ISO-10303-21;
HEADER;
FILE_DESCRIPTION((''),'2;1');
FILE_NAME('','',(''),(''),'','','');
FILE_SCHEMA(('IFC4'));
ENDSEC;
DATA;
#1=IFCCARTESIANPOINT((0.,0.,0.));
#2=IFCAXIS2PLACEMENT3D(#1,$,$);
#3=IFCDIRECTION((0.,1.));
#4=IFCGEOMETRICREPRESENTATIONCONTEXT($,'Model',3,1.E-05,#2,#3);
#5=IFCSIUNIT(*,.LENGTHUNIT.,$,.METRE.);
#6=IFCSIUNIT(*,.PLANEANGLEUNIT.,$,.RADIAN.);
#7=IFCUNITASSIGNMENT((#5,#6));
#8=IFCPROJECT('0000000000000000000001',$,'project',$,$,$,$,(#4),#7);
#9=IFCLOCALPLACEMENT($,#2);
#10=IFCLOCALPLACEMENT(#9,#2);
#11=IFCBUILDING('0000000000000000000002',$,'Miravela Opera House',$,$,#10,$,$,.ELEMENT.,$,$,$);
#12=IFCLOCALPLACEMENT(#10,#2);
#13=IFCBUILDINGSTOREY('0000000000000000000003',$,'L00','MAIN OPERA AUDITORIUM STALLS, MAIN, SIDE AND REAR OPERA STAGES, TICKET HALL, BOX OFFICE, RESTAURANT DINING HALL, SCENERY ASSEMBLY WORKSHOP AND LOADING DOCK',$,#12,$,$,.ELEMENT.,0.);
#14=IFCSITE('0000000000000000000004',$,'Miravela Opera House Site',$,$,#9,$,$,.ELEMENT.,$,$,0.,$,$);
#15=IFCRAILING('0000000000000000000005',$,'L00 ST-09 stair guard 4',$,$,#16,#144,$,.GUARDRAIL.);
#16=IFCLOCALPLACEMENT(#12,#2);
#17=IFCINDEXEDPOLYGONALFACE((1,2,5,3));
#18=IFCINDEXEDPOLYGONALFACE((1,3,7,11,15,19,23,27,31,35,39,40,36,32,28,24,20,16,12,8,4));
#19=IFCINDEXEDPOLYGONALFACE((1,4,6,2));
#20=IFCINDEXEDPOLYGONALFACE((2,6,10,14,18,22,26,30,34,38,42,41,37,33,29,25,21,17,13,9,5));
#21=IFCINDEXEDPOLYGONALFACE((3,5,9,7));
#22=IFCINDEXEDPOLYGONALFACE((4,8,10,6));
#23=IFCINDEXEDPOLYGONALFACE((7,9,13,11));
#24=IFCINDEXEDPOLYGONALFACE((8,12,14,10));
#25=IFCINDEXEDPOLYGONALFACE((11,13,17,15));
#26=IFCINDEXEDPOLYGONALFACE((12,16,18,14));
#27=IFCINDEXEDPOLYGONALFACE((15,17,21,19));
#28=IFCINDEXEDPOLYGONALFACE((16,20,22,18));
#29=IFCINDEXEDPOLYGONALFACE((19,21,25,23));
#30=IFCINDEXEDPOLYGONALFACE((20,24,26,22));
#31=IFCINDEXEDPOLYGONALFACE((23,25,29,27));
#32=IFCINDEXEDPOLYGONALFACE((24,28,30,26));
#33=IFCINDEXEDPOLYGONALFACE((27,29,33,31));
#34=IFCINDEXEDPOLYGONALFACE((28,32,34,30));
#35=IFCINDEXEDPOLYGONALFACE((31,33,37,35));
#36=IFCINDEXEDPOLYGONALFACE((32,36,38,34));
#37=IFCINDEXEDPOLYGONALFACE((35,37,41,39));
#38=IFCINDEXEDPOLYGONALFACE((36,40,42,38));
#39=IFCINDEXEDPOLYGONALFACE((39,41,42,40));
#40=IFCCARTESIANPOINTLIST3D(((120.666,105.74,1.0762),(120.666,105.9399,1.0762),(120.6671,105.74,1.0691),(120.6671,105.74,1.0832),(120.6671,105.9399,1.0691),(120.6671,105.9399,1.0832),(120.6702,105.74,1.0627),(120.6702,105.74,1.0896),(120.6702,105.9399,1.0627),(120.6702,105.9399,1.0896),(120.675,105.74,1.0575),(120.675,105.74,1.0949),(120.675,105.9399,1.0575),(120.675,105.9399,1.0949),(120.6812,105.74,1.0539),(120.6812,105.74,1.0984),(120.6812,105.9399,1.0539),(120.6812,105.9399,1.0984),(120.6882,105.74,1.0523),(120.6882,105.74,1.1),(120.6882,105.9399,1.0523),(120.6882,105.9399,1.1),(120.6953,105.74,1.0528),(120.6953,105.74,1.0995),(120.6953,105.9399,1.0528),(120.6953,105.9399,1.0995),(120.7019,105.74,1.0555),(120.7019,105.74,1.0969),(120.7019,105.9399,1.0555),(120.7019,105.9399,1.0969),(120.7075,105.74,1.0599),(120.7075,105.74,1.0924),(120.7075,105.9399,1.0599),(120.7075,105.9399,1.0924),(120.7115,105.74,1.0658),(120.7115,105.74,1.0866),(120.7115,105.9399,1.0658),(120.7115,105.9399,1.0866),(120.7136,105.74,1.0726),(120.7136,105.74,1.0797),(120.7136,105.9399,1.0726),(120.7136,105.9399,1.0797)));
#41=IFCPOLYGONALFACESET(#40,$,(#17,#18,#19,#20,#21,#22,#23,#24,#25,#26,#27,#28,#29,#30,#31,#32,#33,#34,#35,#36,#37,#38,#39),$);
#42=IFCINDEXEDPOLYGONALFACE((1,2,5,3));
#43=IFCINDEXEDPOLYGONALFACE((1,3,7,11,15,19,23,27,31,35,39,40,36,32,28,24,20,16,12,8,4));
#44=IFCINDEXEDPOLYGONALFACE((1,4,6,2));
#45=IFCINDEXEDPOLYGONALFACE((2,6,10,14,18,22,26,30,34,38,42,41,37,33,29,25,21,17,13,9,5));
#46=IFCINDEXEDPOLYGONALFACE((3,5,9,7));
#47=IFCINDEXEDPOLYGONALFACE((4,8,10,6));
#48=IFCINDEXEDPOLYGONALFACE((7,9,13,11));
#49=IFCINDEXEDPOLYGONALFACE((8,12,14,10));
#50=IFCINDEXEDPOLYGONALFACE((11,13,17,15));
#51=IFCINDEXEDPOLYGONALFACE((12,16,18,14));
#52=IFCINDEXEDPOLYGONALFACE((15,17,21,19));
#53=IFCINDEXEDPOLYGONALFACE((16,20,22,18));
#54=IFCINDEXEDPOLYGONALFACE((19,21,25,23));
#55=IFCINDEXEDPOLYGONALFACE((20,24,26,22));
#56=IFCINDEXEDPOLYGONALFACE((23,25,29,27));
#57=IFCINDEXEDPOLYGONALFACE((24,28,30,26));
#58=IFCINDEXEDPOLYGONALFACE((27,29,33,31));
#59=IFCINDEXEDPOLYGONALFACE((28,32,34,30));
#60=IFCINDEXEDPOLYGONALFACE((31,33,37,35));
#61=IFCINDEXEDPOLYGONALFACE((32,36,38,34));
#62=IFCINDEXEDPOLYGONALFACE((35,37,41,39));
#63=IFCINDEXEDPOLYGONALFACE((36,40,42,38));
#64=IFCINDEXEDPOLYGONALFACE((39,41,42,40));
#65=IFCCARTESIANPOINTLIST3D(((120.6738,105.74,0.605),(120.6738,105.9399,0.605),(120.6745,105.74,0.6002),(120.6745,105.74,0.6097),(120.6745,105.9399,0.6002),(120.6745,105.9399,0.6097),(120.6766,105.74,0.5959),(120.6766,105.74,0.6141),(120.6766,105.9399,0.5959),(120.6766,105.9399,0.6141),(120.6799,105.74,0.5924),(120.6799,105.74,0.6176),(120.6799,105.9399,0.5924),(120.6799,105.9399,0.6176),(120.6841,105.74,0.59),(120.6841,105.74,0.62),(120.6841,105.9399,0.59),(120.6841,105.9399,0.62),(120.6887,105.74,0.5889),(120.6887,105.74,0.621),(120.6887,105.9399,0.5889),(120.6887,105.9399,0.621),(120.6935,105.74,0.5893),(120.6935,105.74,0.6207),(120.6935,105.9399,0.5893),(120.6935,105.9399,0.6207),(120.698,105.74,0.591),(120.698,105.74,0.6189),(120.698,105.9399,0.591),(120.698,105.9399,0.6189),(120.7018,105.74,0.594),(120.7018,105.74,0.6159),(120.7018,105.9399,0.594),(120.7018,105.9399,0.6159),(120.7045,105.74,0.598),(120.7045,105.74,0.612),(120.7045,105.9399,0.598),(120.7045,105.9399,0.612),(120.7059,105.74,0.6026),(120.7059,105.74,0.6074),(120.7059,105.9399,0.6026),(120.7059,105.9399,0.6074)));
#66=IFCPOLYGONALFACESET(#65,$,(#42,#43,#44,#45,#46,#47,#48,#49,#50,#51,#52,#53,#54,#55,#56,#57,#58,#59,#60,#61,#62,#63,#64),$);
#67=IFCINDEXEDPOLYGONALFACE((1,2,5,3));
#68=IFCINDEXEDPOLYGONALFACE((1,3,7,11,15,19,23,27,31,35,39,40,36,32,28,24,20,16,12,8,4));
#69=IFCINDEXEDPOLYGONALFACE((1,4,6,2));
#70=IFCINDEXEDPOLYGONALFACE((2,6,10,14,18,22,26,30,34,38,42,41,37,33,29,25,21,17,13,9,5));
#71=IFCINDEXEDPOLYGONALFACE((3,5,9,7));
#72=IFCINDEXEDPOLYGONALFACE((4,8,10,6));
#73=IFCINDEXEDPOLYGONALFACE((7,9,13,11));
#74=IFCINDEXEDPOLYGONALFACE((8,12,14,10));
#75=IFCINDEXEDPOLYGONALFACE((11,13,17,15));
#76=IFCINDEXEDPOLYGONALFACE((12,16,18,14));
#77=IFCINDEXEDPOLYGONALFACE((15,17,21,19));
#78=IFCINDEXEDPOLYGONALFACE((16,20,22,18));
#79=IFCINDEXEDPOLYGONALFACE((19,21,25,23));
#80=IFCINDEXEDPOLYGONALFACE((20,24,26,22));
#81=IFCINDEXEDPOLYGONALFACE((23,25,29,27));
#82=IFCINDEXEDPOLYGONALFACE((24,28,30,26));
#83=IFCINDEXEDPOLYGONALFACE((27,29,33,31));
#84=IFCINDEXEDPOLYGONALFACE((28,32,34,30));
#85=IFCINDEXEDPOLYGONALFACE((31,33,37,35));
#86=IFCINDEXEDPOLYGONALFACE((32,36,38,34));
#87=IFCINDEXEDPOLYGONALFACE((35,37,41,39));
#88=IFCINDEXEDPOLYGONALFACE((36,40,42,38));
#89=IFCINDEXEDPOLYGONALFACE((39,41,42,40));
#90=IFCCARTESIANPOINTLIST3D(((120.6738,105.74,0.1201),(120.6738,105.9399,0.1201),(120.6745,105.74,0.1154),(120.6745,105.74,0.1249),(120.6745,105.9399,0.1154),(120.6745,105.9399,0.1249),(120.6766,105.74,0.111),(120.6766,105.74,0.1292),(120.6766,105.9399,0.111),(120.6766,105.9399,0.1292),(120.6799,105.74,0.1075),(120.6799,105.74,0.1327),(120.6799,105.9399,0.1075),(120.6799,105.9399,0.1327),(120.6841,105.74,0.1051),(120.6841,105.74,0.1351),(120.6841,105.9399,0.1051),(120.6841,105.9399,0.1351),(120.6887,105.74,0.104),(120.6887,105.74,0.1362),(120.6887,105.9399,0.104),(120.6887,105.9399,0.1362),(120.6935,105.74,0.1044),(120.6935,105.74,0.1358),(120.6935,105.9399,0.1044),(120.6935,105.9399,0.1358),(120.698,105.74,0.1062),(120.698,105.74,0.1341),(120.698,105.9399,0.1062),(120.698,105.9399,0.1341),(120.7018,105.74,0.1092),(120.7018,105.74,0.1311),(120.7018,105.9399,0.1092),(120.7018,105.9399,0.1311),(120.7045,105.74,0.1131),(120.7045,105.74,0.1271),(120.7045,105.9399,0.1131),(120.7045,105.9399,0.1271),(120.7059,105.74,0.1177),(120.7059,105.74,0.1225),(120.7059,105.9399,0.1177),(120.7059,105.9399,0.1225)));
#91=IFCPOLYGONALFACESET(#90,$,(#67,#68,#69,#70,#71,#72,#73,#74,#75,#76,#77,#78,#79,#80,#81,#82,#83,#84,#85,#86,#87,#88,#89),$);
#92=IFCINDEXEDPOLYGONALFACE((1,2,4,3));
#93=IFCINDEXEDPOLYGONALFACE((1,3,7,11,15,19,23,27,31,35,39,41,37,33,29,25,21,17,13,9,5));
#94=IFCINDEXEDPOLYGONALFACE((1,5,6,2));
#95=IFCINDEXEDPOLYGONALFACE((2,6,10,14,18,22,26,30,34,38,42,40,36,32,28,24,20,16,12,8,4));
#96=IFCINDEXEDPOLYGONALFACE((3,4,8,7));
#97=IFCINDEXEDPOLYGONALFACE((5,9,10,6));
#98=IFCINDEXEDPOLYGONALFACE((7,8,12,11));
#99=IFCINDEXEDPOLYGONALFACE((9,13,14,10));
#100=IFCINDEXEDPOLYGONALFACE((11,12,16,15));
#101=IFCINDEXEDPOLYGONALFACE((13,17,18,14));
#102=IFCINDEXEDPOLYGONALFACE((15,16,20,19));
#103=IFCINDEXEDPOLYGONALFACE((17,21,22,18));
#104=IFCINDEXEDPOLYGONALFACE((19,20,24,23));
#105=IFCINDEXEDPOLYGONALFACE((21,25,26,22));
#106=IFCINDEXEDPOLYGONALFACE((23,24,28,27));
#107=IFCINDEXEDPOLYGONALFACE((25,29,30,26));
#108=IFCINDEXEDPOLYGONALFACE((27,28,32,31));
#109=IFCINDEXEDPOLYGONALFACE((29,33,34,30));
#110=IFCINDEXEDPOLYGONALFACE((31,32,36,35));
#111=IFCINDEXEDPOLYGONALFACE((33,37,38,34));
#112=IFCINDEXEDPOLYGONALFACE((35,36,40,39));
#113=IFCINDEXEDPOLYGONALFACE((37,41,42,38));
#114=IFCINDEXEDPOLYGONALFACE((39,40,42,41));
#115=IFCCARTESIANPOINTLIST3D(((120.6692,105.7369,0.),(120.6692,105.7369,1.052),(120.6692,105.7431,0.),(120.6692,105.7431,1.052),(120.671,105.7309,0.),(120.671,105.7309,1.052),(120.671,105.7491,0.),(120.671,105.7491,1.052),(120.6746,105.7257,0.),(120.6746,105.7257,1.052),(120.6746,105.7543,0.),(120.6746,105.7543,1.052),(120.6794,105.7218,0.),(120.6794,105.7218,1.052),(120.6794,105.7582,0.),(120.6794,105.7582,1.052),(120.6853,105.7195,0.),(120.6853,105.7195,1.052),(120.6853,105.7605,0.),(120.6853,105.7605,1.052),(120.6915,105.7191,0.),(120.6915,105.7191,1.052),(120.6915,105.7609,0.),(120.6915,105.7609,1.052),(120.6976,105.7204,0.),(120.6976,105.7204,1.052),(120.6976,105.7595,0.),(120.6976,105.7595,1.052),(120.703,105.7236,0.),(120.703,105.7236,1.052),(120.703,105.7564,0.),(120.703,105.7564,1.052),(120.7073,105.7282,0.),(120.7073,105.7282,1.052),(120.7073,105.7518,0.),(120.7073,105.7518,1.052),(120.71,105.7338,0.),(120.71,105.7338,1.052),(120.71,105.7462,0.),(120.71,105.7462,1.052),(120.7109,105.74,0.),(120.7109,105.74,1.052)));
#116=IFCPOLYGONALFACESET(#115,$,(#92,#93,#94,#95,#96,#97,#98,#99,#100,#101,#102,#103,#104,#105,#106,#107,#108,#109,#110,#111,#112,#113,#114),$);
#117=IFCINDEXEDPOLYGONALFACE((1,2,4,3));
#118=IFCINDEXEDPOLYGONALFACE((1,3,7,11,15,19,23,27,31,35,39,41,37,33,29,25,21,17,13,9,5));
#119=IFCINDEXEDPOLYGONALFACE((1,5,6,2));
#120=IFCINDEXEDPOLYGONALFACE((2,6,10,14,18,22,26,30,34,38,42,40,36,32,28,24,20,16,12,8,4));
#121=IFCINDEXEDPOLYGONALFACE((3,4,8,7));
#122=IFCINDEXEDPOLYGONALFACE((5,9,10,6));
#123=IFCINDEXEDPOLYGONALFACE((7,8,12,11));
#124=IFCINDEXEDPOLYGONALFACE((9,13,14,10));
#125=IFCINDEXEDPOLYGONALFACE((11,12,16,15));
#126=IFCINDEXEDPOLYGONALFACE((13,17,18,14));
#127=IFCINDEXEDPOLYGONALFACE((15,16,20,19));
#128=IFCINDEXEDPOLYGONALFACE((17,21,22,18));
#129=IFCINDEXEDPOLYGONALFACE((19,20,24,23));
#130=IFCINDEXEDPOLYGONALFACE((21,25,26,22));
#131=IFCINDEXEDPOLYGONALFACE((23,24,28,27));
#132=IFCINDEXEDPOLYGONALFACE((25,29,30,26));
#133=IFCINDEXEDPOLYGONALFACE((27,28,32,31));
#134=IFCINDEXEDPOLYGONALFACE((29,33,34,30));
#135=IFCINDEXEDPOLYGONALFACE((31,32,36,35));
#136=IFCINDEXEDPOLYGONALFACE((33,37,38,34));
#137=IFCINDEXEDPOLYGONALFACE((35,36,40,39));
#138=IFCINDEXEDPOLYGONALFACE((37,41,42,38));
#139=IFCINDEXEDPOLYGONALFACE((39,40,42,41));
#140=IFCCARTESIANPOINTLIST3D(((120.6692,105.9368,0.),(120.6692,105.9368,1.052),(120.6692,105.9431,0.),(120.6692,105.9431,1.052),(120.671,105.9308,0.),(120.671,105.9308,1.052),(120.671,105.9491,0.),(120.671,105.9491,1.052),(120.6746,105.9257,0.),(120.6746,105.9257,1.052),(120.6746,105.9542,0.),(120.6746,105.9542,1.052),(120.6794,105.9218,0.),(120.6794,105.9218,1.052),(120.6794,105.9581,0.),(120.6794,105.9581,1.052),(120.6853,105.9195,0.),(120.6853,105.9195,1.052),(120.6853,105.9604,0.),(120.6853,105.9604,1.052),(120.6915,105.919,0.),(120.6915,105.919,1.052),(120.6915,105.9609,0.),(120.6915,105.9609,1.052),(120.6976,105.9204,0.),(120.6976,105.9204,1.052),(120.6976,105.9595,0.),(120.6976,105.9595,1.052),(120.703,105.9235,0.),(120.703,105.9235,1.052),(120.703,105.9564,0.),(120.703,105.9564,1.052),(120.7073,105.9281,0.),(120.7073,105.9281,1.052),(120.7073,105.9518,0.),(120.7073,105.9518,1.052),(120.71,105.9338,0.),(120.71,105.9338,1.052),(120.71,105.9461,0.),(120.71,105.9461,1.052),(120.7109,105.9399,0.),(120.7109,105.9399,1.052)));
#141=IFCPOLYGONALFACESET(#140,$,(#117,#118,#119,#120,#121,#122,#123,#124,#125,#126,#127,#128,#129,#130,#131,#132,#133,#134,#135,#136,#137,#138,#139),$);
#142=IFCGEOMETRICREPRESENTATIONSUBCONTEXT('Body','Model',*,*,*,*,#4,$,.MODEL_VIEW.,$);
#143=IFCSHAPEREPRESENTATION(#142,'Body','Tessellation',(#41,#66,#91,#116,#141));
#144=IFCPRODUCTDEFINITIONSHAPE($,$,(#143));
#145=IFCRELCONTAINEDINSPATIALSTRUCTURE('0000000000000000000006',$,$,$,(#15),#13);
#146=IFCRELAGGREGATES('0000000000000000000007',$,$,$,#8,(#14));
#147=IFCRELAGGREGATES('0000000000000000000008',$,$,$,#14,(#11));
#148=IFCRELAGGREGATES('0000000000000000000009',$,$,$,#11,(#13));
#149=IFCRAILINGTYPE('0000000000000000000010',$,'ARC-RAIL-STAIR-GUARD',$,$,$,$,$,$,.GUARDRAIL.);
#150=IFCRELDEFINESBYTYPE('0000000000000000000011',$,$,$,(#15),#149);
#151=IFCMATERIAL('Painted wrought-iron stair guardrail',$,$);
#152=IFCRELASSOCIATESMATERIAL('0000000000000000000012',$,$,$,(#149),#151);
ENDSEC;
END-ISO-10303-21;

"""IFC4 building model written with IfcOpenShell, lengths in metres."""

from ifc_helpers import new_model, si_unit, direction, frame, origin, origin_2d, place, context, subcontext, project, spatial, circle, extrude, material, type_object, element, save


model = new_model("IFC4")

# Units and contexts
model_context = context("Model", 3, precision=1e-05, world=origin(), true_north=direction((0.0, 1.0)))
body_context = subcontext(model_context, "Body", "Model", "MODEL_VIEW")
ifc_project = project(units=[si_unit("LENGTHUNIT", "METRE"), si_unit("PLANEANGLEUNIT", "RADIAN")], contexts=[model_context])

# Site, building, storey
site_placement = place(None, origin())
site = spatial("IfcSite", under=ifc_project, at=site_placement, Name="Miravela Opera House Site", CompositionType="ELEMENT", RefElevation=0.0)
building_placement = place(site_placement, origin())
building = spatial("IfcBuilding", under=site, at=building_placement, Name="Miravela Opera House", CompositionType="ELEMENT")
storey_placement = place(building_placement, origin())
storey = spatial("IfcBuildingStorey", under=building, at=storey_placement, Name="L00", Description="MAIN OPERA AUDITORIUM STALLS, MAIN, SIDE AND REAR OPERA STAGES, TICKET HALL, BOX OFFICE, RESTAURANT DINING HALL, SCENERY ASSEMBLY WORKSHOP AND LOADING DOCK", CompositionType="ELEMENT", Elevation=0.0)

# Railing
ifc_material_1 = material(Name="Painted wrought-iron stair guardrail")
railing_type_1 = type_object("IfcRailingType", Name="ARC-RAIL-STAIR-GUARD", PredefinedType="GUARDRAIL", material=ifc_material_1)
railing_1_placement = place(storey_placement, frame((120.6899, 105.74, 0.0)))
element("IfcRailing", 1, at=railing_1_placement, inside=storey, type_object=railing_type_1, Name="L00 ST-09 stair guard 4", PredefinedType="GUARDRAIL", context=body_context, shape_type="SweptSolid", body=[
    extrude(circle(Radius=0.0239, at=origin_2d()), frame((0.0, 0.0, 1.0762), z_axis=(0.0, 1.0, 0.0), x_axis=(-1.0, 0.0, 0.0)), (0.0, 0.0, 1.0), 0.2),
    extrude(circle(Radius=0.0161, at=origin_2d()), frame((0.0, 0.0, 0.605), z_axis=(0.0, 1.0, 0.0), x_axis=(-1.0, 0.0, 0.0)), (0.0, 0.0, 1.0), 0.2),
    extrude(circle(Radius=0.0161, at=origin_2d()), frame((0.0, 0.0, 0.1201), z_axis=(0.0, 1.0, 0.0), x_axis=(-1.0, 0.0, 0.0)), (0.0, 0.0, 1.0), 0.2),
    extrude(circle(Radius=0.021, at=origin_2d()), origin(), (0.0, 0.0, 1.0), 1.052),
    extrude(circle(Radius=0.021, at=origin_2d()), frame((0.0, 0.2, 0.0)), (0.0, 0.0, 1.0), 1.052),
])

save(model, "model.ifc")
